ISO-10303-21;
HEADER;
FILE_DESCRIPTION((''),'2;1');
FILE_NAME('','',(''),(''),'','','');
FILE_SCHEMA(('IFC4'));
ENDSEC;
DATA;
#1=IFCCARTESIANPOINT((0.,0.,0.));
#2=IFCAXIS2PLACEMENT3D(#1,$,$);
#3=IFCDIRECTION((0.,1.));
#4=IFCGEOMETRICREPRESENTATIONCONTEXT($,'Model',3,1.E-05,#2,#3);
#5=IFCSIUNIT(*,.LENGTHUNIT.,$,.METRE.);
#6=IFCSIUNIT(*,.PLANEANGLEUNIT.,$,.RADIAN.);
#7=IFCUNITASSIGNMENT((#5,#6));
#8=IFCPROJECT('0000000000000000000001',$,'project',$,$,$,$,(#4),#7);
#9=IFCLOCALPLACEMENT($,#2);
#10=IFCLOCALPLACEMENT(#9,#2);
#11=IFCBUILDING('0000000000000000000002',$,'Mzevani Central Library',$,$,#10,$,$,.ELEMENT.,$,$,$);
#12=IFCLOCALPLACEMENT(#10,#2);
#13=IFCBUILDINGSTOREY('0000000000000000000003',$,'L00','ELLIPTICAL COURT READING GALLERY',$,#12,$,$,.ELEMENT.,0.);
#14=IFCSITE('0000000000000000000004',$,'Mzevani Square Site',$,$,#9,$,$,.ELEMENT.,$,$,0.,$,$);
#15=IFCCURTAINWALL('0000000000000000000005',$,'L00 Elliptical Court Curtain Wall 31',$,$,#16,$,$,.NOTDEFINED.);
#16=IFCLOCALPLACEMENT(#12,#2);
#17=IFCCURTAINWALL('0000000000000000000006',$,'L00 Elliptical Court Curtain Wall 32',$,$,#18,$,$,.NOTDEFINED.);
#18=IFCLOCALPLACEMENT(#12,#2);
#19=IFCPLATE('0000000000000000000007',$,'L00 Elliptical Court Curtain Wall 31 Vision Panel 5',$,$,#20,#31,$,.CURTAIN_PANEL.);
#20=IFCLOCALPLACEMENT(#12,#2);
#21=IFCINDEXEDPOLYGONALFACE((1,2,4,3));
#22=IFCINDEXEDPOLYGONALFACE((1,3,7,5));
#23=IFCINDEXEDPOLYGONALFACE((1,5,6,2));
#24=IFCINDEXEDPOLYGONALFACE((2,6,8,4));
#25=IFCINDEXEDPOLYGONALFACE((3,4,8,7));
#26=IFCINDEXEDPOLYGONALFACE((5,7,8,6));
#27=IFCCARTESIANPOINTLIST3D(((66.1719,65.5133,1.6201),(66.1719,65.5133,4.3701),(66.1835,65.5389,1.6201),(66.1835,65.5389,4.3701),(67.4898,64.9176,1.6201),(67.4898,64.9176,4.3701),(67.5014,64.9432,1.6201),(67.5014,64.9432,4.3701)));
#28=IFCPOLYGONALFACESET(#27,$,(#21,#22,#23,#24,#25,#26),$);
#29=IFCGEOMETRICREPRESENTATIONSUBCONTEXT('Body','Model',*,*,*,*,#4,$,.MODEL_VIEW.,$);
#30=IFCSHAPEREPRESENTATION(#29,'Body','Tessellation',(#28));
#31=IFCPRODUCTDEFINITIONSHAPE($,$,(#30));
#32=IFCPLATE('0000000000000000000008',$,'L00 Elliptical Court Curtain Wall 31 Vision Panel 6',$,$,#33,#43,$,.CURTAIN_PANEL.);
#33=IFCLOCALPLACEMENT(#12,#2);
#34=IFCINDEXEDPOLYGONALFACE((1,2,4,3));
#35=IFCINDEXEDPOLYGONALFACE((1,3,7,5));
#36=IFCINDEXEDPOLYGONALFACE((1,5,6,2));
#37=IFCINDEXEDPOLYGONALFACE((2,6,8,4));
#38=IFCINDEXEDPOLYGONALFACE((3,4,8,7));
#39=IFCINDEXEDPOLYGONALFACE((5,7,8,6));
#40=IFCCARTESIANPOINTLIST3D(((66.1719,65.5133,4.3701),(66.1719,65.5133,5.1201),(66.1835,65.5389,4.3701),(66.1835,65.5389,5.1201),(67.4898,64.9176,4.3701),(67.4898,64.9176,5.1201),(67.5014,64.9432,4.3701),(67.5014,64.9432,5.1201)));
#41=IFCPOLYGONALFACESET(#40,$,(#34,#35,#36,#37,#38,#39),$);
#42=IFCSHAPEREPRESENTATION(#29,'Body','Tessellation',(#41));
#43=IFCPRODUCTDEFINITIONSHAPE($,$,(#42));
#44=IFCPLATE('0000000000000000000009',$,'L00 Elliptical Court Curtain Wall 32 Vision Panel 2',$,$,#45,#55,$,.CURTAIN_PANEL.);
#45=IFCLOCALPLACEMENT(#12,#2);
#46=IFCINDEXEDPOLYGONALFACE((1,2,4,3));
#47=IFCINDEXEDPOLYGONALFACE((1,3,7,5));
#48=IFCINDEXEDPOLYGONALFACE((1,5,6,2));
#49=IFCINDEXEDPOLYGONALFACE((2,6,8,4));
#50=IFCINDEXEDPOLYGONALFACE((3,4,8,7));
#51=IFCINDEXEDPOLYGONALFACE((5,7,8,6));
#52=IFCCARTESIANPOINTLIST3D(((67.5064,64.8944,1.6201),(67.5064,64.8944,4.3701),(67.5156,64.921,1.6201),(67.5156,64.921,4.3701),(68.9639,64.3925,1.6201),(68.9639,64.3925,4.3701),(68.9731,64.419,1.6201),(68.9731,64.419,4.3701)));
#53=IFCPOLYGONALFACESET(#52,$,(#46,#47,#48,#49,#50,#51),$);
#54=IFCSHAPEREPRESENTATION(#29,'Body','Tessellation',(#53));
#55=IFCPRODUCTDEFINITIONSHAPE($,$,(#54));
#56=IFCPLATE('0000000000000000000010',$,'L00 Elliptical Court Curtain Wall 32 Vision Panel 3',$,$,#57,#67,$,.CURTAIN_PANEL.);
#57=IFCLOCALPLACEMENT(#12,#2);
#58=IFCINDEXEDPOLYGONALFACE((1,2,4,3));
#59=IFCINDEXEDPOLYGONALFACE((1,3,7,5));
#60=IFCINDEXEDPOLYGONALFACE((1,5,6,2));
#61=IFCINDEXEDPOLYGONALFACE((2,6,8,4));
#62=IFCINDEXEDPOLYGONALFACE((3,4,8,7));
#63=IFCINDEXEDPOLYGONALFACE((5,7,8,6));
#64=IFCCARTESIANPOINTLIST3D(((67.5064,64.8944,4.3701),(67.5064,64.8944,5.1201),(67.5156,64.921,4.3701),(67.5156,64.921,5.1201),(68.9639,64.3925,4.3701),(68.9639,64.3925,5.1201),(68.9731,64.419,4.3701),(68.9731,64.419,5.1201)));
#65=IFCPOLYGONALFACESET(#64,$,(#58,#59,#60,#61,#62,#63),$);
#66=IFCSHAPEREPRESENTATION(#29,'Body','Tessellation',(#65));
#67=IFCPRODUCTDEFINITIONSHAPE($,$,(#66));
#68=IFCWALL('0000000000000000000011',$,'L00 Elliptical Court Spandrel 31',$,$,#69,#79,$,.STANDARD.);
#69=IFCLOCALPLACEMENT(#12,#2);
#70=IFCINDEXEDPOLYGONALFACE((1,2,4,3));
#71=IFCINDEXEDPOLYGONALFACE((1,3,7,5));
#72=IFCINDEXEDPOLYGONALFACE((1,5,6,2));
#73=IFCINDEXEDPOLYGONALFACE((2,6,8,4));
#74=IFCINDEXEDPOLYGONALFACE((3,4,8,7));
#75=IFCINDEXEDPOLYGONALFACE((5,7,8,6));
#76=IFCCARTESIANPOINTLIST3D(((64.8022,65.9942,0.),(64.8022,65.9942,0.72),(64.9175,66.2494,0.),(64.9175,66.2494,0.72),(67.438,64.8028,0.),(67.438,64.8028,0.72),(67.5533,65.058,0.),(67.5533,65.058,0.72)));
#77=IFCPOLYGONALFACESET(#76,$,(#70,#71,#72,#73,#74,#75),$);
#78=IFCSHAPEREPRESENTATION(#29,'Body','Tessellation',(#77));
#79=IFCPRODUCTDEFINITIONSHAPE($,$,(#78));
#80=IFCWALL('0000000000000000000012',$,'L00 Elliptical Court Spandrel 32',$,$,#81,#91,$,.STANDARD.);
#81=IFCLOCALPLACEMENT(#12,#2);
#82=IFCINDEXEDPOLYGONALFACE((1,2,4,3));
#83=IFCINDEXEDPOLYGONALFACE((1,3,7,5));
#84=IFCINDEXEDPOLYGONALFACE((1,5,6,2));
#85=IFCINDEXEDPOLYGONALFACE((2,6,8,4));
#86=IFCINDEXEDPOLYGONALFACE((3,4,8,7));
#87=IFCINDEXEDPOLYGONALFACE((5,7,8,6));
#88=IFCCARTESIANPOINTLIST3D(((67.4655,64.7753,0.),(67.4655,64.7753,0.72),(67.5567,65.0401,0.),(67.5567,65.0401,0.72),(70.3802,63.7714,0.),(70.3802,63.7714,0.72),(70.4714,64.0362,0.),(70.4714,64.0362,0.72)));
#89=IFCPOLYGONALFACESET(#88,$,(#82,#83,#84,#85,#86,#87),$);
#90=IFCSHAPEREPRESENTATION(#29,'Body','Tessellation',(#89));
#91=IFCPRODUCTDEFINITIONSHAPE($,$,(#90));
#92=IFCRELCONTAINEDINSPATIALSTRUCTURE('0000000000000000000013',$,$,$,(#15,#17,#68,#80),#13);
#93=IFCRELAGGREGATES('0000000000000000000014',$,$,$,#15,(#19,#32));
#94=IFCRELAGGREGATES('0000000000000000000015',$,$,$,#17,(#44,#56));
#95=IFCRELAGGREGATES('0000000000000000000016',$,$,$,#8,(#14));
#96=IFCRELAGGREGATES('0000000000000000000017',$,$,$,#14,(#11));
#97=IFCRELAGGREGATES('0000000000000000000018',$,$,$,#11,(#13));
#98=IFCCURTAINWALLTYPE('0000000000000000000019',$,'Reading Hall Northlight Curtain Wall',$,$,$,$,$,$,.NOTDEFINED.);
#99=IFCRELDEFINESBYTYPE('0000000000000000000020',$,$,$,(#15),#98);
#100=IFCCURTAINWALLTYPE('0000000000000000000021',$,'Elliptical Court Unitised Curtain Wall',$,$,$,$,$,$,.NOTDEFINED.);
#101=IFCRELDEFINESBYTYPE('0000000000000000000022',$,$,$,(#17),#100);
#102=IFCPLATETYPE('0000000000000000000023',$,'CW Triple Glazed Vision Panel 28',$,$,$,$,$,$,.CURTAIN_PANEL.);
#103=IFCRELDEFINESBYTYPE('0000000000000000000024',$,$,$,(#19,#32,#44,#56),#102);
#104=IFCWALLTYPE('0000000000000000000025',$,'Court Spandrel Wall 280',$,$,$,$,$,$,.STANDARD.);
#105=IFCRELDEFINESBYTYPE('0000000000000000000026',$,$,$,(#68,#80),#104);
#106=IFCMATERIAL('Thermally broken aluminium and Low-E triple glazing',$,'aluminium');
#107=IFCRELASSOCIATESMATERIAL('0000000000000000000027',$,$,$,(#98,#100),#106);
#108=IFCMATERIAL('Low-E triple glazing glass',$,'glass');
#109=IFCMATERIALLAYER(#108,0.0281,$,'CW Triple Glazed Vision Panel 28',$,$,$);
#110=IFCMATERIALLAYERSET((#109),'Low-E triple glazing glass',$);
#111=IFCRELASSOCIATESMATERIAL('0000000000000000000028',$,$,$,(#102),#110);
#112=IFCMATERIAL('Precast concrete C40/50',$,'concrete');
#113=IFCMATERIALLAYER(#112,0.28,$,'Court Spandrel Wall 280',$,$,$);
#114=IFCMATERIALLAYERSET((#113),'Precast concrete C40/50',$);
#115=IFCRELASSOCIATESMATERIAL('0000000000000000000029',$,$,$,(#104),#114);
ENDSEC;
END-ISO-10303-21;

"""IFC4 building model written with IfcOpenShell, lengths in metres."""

from ifc_helpers import new_model, si_unit, direction, frame, frame_2d, origin, origin_2d, place, context, subcontext, project, spatial, rectangle, extrude, material, layer, layer_set, type_object, element, aggregate, save


model = new_model("IFC4")

# Units and contexts
model_context = context("Model", 3, precision=1e-05, world=origin(), true_north=direction((0.0, 1.0)))
body_context = subcontext(model_context, "Body", "Model", "MODEL_VIEW")
ifc_project = project(units=[si_unit("LENGTHUNIT", "METRE"), si_unit("PLANEANGLEUNIT", "RADIAN")], contexts=[model_context])

# Site, building, storey
site_placement = place(None, origin())
site = spatial("IfcSite", under=ifc_project, at=site_placement, Name="Mzevani Square Site", CompositionType="ELEMENT", RefElevation=0.0)
building_placement = place(site_placement, origin())
building = spatial("IfcBuilding", under=site, at=building_placement, Name="Mzevani Central Library", CompositionType="ELEMENT")
storey_placement = place(building_placement, origin())
storey = spatial("IfcBuildingStorey", under=building, at=storey_placement, Name="L00", Description="ELLIPTICAL COURT READING GALLERY", CompositionType="ELEMENT", Elevation=0.0)

# Curtain wall
ifc_material_1 = material(Name="Thermally broken aluminium and Low-E triple glazing", Category="aluminium")
curtain_wall_type_1 = type_object("IfcCurtainWallType", Name="Reading Hall Northlight Curtain Wall", PredefinedType="NOTDEFINED", material=ifc_material_1)
curtain_wall_1_placement = place(storey_placement, origin())
curtain_wall_1 = element("IfcCurtainWall", 1, at=curtain_wall_1_placement, inside=storey, type_object=curtain_wall_type_1, Name="L00 Elliptical Court Curtain Wall 31", PredefinedType="NOTDEFINED")

# Curtain wall
curtain_wall_type_2 = type_object("IfcCurtainWallType", Name="Elliptical Court Unitised Curtain Wall", PredefinedType="NOTDEFINED", material=ifc_material_1)
curtain_wall_2_placement = place(storey_placement, origin())
curtain_wall_2 = element("IfcCurtainWall", 2, at=curtain_wall_2_placement, inside=storey, type_object=curtain_wall_type_2, Name="L00 Elliptical Court Curtain Wall 32", PredefinedType="NOTDEFINED")

# Plates
ifc_material_2 = material(Name="Low-E triple glazing glass", Category="glass")
ifc_layer_1 = layer(ifc_material_2, 0.0281, Name="CW Triple Glazed Vision Panel 28")
ifc_layer_set_1 = layer_set([ifc_layer_1], Name="Low-E triple glazing glass")
plate_type_1 = type_object("IfcPlateType", Name="CW Triple Glazed Vision Panel 28", PredefinedType="CURTAIN_PANEL", material=ifc_layer_set_1)
plate_1_placement = place(storey_placement, frame((66.8367, 65.2283, 1.6201), z_axis=(0.0, 0.0, 1.0), x_axis=(0.911237, -0.411882, 0.0)))
plate_1 = element("IfcPlate", 3, at=plate_1_placement, type_object=plate_type_1, Name="L00 Elliptical Court Curtain Wall 31 Vision Panel 5", PredefinedType="CURTAIN_PANEL", context=body_context, shape_type="SweptSolid", body=[
    extrude(rectangle(XDim=1.4463, YDim=0.0281, at=origin_2d()), origin(), (0.0, 0.0, 1.0), 2.75),
])
plate_2_placement = place(storey_placement, frame((66.8367, 65.2283, 4.3701), z_axis=(0.0, 0.0, 1.0), x_axis=(0.911237, -0.411882, 0.0)))
plate_2 = element("IfcPlate", 4, at=plate_2_placement, type_object=plate_type_1, Name="L00 Elliptical Court Curtain Wall 31 Vision Panel 6", PredefinedType="CURTAIN_PANEL", context=body_context, shape_type="SweptSolid", body=[
    extrude(rectangle(XDim=1.4463, YDim=0.0281, at=origin_2d()), origin(), (0.0, 0.0, 1.0), 0.75),
])
aggregate(curtain_wall_1, [plate_1, plate_2])
plate_3_placement = place(storey_placement, frame((68.2397, 64.6567, 1.6201), z_axis=(0.0, 0.0, 1.0), x_axis=(0.945503, -0.325613, 0.0)))
plate_3 = element("IfcPlate", 5, at=plate_3_placement, type_object=plate_type_1, Name="L00 Elliptical Court Curtain Wall 32 Vision Panel 2", PredefinedType="CURTAIN_PANEL", context=body_context, shape_type="SweptSolid", body=[
    extrude(rectangle(XDim=1.5415, YDim=0.0281, at=origin_2d()), origin(), (0.0, 0.0, 1.0), 2.75),
])
plate_4_placement = place(storey_placement, frame((68.2397, 64.6567, 4.3701), z_axis=(0.0, 0.0, 1.0), x_axis=(0.945503, -0.325613, 0.0)))
plate_4 = element("IfcPlate", 6, at=plate_4_placement, type_object=plate_type_1, Name="L00 Elliptical Court Curtain Wall 32 Vision Panel 3", PredefinedType="CURTAIN_PANEL", context=body_context, shape_type="SweptSolid", body=[
    extrude(rectangle(XDim=1.5415, YDim=0.0281, at=origin_2d()), origin(), (0.0, 0.0, 1.0), 0.75),
])
aggregate(curtain_wall_2, [plate_3, plate_4])

# Walls
ifc_material_3 = material(Name="Precast concrete C40/50", Category="concrete")
ifc_layer_2 = layer(ifc_material_3, 0.28, Name="Court Spandrel Wall 280")
ifc_layer_set_2 = layer_set([ifc_layer_2], Name="Precast concrete C40/50")
wall_type = type_object("IfcWallType", Name="Court Spandrel Wall 280", PredefinedType="STANDARD", material=ifc_layer_set_2)
wall_1_placement = place(storey_placement, frame((64.8599, 66.1218, 0.0), z_axis=(0.0, 0.0, 1.0), x_axis=(0.911232, -0.411894, 0.0)))
element("IfcWall", 7, at=wall_1_placement, inside=storey, type_object=wall_type, Name="L00 Elliptical Court Spandrel 31", PredefinedType="STANDARD", context=body_context, shape_type="SweptSolid", body=[
    extrude(rectangle(XDim=2.8926, YDim=0.28, at=frame_2d((1.4463, 0.0))), origin(), (0.0, 0.0, 1.0), 0.72),
])
wall_2_placement = place(storey_placement, frame((67.511, 64.9077, 0.0), z_axis=(0.0, 0.0, 1.0), x_axis=(0.945492, -0.325644, 0.0)))
element("IfcWall", 8, at=wall_2_placement, inside=storey, type_object=wall_type, Name="L00 Elliptical Court Spandrel 32", PredefinedType="STANDARD", context=body_context, shape_type="SweptSolid", body=[
    extrude(rectangle(XDim=3.0828, YDim=0.28, at=frame_2d((1.5415, 0.0))), origin(), (0.0, 0.0, 1.0), 0.72),
])

save(model, "model.ifc")
